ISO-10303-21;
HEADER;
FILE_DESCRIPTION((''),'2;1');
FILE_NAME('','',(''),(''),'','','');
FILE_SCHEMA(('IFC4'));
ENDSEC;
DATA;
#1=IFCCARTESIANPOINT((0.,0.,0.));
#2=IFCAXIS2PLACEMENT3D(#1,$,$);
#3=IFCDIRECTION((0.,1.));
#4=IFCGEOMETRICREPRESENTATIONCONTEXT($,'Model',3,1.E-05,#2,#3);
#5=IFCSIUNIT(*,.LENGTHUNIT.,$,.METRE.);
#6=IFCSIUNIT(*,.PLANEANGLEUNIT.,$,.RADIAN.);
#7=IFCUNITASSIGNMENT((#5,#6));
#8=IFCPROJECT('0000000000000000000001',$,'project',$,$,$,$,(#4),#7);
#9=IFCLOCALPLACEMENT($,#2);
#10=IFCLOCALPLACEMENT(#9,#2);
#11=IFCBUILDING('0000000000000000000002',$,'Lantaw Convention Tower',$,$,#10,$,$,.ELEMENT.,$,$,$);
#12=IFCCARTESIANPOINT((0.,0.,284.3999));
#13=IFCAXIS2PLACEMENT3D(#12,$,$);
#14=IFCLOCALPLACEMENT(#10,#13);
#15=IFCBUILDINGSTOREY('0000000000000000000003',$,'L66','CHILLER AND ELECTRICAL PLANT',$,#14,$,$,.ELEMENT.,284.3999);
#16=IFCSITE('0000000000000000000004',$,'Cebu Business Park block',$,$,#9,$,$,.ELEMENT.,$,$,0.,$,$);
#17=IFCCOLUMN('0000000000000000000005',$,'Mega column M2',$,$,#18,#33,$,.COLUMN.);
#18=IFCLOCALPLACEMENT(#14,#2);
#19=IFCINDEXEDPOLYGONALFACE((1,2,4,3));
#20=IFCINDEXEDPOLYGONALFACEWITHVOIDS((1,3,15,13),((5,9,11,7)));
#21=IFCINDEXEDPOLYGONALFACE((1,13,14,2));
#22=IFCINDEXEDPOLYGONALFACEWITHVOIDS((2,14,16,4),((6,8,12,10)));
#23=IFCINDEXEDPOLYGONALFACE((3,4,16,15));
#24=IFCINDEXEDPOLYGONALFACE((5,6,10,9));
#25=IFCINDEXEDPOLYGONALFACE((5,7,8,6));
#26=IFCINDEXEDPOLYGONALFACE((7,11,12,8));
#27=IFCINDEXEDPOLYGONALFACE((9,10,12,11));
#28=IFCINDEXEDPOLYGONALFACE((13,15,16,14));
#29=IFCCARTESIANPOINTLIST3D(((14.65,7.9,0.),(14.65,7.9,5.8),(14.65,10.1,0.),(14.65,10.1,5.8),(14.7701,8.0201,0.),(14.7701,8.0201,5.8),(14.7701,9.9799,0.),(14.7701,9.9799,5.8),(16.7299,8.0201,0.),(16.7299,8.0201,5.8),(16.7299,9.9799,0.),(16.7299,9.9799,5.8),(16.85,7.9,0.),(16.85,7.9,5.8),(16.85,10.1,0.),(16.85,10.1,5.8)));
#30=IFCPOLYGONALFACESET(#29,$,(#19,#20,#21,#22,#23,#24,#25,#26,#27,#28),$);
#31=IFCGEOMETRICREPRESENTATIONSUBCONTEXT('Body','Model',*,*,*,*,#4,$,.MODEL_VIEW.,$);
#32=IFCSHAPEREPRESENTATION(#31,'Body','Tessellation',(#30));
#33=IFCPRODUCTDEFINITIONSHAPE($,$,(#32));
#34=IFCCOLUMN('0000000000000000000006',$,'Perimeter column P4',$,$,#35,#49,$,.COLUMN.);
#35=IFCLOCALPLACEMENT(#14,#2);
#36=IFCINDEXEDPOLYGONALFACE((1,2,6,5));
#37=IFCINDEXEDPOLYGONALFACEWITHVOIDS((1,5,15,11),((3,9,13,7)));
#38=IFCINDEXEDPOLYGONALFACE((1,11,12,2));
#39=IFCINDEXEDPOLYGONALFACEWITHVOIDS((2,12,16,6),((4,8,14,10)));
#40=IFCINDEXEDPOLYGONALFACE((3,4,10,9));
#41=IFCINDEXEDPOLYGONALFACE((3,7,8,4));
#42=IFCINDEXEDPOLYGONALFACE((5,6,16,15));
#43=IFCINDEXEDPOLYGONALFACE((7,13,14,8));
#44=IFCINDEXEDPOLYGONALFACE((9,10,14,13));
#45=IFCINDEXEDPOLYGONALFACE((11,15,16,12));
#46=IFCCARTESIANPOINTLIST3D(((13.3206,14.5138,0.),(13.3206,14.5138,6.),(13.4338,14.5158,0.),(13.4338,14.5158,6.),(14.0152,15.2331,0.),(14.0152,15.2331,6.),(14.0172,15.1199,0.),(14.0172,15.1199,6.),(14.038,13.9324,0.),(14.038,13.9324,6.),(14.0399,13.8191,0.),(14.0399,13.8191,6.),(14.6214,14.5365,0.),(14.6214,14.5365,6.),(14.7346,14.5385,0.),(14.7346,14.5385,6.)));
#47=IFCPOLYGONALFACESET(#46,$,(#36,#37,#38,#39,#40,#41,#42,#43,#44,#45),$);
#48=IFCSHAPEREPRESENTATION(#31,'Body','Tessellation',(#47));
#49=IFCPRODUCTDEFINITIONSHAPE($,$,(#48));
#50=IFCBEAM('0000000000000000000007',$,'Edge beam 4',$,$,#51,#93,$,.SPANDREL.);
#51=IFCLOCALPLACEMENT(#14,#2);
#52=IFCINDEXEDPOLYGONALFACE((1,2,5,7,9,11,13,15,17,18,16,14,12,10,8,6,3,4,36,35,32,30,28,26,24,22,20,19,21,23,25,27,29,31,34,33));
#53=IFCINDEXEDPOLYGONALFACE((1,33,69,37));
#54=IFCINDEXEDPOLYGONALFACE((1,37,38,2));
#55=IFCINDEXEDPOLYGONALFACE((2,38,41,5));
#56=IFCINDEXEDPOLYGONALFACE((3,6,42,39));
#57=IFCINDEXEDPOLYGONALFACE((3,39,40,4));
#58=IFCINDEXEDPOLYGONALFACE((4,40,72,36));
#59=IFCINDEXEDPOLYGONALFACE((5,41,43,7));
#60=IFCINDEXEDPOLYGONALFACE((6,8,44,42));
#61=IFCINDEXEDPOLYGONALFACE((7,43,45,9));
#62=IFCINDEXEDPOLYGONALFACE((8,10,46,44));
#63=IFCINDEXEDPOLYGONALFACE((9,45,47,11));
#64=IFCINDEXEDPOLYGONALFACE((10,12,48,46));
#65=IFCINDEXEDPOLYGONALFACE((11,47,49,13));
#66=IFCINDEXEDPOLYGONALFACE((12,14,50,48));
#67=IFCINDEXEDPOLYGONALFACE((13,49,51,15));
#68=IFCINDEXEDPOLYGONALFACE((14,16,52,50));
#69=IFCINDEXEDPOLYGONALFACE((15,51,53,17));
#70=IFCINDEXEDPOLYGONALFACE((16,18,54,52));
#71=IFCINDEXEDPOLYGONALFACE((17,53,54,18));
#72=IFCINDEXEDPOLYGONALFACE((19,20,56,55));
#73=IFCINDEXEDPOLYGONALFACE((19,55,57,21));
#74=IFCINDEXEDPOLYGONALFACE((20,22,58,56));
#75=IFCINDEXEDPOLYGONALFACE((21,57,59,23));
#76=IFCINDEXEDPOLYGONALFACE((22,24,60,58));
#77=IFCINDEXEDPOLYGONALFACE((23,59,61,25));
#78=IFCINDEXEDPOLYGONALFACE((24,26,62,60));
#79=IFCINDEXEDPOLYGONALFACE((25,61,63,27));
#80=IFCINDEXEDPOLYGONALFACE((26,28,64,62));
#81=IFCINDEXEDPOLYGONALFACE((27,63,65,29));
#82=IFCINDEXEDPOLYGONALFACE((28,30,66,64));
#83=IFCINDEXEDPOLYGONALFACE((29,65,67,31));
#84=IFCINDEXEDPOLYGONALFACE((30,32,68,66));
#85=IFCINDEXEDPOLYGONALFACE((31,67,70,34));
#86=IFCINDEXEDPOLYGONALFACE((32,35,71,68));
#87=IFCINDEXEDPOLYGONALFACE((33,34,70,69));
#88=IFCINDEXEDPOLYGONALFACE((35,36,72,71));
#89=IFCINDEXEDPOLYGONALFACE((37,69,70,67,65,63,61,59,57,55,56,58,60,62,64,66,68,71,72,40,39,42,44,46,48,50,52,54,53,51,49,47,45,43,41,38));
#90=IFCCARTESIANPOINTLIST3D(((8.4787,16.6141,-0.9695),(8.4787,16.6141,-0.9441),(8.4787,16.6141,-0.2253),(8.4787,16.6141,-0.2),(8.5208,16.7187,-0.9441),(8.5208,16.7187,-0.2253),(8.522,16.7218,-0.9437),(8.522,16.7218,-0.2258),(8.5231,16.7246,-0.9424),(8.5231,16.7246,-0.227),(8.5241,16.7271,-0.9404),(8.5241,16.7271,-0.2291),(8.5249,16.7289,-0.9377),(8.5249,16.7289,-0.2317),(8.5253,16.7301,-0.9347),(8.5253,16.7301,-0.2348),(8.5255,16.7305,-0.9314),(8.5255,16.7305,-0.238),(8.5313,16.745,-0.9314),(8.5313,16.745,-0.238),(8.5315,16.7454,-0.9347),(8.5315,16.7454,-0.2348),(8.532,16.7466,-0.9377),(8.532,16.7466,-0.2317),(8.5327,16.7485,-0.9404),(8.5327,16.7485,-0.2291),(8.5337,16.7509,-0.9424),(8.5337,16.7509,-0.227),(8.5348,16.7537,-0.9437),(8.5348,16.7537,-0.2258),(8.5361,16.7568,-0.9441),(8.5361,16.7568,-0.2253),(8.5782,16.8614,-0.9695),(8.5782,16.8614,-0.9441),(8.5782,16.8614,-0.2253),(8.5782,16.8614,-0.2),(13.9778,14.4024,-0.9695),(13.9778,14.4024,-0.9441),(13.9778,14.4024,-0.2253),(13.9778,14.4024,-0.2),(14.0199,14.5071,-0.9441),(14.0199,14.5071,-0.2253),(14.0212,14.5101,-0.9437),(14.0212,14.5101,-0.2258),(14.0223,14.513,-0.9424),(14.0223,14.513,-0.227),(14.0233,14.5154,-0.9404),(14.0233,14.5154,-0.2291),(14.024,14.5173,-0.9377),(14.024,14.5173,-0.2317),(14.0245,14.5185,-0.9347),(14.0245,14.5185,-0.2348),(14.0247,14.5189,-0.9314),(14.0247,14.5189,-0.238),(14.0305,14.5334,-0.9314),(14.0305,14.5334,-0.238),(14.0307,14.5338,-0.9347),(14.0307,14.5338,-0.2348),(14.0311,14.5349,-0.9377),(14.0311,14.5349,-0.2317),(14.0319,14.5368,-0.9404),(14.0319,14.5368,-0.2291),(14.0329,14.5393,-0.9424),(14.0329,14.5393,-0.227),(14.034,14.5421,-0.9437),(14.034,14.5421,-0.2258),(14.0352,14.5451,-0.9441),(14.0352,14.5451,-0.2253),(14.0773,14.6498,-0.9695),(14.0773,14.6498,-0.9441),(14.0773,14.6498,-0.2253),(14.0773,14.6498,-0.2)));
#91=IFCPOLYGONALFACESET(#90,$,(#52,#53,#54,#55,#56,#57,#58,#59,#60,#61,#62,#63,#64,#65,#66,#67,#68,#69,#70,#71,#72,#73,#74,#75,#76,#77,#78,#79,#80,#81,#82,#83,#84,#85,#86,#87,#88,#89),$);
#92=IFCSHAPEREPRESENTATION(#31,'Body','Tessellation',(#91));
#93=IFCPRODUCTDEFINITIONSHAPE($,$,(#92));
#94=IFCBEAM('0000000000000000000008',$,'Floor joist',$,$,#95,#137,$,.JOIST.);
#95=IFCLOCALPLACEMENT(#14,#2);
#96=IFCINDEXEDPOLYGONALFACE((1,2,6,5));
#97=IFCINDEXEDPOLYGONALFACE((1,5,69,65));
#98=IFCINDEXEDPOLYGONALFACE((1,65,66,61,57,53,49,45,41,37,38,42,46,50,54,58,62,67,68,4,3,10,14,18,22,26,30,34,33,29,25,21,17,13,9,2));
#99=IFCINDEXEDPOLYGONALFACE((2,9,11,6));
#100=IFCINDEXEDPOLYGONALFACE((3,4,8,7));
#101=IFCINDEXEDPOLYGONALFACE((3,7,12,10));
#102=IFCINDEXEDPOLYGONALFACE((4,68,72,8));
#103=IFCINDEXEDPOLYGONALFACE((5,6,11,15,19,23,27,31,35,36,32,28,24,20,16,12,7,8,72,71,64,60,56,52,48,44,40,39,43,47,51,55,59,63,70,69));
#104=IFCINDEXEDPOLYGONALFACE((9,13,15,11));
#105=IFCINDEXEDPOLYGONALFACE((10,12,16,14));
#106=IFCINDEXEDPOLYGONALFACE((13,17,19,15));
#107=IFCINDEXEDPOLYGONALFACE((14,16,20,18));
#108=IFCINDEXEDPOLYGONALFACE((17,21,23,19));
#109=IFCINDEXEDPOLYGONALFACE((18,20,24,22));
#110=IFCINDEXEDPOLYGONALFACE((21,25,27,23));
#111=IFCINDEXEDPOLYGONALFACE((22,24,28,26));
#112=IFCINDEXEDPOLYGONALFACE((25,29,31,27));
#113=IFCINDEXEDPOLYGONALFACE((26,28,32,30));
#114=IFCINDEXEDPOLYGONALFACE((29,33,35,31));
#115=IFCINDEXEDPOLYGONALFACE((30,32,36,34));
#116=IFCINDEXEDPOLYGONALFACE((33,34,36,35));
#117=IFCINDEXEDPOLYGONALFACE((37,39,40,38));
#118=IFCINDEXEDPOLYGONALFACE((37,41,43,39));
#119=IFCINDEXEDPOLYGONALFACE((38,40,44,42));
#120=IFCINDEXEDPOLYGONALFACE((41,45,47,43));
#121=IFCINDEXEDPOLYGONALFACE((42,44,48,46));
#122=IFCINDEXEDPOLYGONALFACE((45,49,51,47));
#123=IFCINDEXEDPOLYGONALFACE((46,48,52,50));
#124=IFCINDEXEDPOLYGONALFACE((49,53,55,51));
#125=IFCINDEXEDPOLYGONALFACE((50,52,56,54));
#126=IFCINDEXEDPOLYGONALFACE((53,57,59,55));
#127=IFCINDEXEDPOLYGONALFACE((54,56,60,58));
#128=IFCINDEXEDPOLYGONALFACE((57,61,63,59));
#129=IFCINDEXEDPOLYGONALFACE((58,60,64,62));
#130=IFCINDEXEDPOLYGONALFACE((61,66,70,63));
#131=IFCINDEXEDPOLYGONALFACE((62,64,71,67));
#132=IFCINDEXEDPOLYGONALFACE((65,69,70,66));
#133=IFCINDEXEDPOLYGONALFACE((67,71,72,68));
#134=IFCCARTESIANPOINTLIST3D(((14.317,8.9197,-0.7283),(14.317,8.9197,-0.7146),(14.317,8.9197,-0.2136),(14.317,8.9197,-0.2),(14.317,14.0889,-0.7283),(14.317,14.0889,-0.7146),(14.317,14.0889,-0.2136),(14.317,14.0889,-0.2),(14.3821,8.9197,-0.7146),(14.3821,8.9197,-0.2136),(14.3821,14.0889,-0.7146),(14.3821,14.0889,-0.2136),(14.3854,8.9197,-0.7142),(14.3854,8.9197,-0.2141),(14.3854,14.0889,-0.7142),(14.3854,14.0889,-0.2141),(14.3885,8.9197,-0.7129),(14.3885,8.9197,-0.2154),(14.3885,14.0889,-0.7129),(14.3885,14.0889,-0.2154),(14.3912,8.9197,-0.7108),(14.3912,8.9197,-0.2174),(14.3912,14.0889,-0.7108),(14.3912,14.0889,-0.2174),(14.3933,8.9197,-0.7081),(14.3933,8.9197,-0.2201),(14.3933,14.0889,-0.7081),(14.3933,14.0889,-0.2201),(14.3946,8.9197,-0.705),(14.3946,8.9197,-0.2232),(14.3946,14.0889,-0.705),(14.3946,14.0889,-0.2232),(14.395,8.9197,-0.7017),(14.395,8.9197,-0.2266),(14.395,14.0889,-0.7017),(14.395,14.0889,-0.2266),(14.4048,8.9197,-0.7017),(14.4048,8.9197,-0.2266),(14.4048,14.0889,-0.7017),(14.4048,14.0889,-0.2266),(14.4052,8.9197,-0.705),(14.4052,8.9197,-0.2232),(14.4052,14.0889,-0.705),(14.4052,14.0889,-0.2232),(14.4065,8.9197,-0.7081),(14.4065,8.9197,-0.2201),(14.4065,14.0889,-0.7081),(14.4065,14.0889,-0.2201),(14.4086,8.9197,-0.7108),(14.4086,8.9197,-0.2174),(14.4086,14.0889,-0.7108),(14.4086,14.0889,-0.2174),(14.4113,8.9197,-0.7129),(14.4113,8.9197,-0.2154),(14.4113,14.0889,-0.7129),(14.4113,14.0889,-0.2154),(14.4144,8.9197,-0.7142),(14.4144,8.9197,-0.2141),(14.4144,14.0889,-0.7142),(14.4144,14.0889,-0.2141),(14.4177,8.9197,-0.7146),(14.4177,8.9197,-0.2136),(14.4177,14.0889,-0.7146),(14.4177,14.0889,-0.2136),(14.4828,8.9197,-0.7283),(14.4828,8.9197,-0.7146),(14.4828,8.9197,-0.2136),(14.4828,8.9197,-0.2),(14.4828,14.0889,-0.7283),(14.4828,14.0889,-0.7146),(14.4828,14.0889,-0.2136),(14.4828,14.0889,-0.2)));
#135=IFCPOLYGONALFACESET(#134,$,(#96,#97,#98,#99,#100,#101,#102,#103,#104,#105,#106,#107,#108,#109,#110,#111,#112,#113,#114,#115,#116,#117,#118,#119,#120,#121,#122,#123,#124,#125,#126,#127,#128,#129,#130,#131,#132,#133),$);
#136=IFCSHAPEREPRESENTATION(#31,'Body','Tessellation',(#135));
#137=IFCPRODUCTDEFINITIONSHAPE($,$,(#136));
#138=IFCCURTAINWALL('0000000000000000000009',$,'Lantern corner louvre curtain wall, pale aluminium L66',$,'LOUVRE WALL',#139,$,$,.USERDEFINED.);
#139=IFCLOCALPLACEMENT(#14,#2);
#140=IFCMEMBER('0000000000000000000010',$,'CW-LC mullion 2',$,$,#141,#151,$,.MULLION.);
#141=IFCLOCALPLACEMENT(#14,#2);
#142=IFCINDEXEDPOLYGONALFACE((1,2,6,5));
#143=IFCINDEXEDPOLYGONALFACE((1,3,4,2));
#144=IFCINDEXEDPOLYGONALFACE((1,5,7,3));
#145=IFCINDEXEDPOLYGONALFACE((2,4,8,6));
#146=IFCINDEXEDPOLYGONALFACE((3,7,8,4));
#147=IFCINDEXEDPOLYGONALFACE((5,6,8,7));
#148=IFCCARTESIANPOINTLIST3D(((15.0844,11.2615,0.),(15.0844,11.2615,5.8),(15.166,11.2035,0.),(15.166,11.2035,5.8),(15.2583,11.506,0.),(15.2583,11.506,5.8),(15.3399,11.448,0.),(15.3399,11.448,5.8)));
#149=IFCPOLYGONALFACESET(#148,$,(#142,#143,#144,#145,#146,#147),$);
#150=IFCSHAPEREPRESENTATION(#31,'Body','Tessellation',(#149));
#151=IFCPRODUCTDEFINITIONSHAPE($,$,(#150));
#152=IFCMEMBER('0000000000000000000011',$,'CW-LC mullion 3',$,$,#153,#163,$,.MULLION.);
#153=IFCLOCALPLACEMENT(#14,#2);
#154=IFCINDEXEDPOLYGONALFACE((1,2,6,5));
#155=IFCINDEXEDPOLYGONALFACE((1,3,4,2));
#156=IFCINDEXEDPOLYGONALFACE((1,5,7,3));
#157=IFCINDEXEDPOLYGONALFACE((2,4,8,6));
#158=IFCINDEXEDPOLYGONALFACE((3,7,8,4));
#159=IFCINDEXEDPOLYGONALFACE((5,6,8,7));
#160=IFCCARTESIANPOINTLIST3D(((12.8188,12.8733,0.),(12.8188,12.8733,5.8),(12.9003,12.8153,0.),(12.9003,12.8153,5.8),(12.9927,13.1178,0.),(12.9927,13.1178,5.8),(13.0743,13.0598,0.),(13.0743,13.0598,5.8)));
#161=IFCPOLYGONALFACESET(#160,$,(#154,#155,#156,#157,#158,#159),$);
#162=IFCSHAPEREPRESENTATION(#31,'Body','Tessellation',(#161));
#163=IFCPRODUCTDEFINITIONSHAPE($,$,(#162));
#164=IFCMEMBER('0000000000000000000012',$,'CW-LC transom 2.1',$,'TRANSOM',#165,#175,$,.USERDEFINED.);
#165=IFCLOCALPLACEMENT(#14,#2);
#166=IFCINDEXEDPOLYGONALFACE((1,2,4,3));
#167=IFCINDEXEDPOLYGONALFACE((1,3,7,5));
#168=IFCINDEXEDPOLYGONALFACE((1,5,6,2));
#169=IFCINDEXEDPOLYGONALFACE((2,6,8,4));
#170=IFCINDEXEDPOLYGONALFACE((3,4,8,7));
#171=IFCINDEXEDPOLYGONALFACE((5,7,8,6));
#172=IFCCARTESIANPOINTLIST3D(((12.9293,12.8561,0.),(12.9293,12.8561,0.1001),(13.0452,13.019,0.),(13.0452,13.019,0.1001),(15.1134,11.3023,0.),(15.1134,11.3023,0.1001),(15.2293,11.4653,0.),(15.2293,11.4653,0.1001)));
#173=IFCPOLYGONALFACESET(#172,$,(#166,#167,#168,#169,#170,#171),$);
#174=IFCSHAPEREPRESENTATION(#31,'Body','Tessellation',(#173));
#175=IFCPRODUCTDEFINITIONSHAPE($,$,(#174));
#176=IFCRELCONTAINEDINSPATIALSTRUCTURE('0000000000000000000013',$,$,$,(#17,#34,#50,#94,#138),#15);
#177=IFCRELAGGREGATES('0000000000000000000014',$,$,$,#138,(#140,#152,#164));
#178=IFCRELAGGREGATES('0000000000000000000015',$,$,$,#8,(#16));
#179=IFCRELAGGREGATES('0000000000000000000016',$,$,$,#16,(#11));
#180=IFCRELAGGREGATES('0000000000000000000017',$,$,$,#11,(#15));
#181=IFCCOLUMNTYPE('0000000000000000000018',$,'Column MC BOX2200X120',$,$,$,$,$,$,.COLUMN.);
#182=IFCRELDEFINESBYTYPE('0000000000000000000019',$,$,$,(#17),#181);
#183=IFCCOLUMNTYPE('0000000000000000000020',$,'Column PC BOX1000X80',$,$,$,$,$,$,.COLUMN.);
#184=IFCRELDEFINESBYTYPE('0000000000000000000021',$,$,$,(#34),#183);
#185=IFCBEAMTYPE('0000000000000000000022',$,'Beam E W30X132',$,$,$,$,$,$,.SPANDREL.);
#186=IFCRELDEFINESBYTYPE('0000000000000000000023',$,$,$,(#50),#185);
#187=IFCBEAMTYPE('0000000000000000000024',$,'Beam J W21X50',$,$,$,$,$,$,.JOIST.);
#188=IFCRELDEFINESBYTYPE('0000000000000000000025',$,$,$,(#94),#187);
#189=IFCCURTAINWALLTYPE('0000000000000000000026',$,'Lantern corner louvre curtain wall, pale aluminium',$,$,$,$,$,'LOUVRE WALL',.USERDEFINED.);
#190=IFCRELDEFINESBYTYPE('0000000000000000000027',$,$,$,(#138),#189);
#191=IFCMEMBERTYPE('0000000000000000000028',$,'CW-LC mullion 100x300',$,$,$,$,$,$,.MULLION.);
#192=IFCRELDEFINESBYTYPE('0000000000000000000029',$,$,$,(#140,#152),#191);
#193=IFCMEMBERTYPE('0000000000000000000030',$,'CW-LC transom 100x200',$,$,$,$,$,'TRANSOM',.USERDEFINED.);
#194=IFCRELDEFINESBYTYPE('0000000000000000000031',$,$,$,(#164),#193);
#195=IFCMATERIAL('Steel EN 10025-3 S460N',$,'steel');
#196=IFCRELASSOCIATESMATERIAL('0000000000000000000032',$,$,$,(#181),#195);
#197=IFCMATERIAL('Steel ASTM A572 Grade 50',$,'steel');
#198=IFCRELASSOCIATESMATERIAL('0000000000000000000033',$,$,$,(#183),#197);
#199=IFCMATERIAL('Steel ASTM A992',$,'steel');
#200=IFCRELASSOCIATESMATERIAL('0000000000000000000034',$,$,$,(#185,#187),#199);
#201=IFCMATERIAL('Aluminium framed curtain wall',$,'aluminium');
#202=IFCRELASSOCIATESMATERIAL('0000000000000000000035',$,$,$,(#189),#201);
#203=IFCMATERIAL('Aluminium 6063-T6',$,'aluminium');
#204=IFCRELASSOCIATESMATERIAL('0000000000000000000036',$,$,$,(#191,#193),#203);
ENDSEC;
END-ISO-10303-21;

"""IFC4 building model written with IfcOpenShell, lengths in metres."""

from ifc_helpers import new_model, si_unit, direction, frame, origin, origin_2d, place, context, subcontext, project, spatial, rectangle, hollow_rectangle, i_section, extrude, material, material_profile, profile_set, type_object, element, aggregate, save


model = new_model("IFC4")

# Units and contexts
model_context = context("Model", 3, precision=1e-05, world=origin(), true_north=direction((0.0, 1.0)))
body_context = subcontext(model_context, "Body", "Model", "MODEL_VIEW")
ifc_project = project(units=[si_unit("LENGTHUNIT", "METRE"), si_unit("PLANEANGLEUNIT", "RADIAN")], contexts=[model_context])

# Site, building, storey
site_placement = place(None, origin())
site = spatial("IfcSite", under=ifc_project, at=site_placement, Name="Cebu Business Park block", CompositionType="ELEMENT", RefElevation=0.0)
building_placement = place(site_placement, origin())
building = spatial("IfcBuilding", under=site, at=building_placement, Name="Lantaw Convention Tower", CompositionType="ELEMENT")
storey_placement = place(building_placement, frame((0.0, 0.0, 284.3999)))
storey = spatial("IfcBuildingStorey", under=building, at=storey_placement, Name="L66", Description="CHILLER AND ELECTRICAL PLANT", CompositionType="ELEMENT", Elevation=284.3999)

# Columns
ifc_material_1 = material(Name="Steel EN 10025-3 S460N", Category="steel")
ifc_material_profile_1 = material_profile(ifc_material_1, hollow_rectangle(XDim=2.2, YDim=2.2, WallThickness=0.1201, at=origin_2d()), Name="BOX2200X120")
ifc_material_2 = material(Name="Concrete C60/75", Category="concrete")
ifc_material_profile_2 = material_profile(ifc_material_2, rectangle(XDim=1.96, YDim=1.96, at=origin_2d()), Name="Concrete fill of BOX2200X120")
ifc_profile_set_1 = profile_set([ifc_material_profile_1, ifc_material_profile_2], Name="Steel EN 10025-3 S460N")
column_type_1 = type_object("IfcColumnType", Name="Column MC BOX2200X120", PredefinedType="COLUMN", material=ifc_profile_set_1)
column_1_placement = place(storey_placement, frame((15.75, 9.0, 0.0), z_axis=(0.0, 0.0, 1.0), x_axis=(1.0, 0.0, 0.0)))
element("IfcColumn", 1, at=column_1_placement, inside=storey, type_object=column_type_1, Name="Mega column M2", PredefinedType="COLUMN", context=body_context, shape_type="SweptSolid", body=[
    extrude(hollow_rectangle(XDim=2.2, YDim=2.2, WallThickness=0.1201, at=origin_2d()), origin(), (0.0, 0.0, 1.0), 5.8),
])
ifc_material_3 = material(Name="Steel ASTM A572 Grade 50", Category="steel")
ifc_material_profile_3 = material_profile(ifc_material_3, hollow_rectangle(XDim=1.0, YDim=1.0, WallThickness=0.0801, at=origin_2d()), Name="BOX1000X80")
ifc_material_profile_4 = material_profile(ifc_material_2, rectangle(XDim=0.8401, YDim=0.8401, at=origin_2d()), Name="Concrete fill of BOX1000X80")
ifc_profile_set_2 = profile_set([ifc_material_profile_3, ifc_material_profile_4], Name="Steel ASTM A572 Grade 50")
column_type_2 = type_object("IfcColumnType", Name="Column PC BOX1000X80", PredefinedType="COLUMN", material=ifc_profile_set_2)
column_2_placement = place(storey_placement, frame((14.0276, 14.5261, 0.0), z_axis=(0.0, 0.0, 1.0), x_axis=(0.694658, 0.71934, 0.0)))
element("IfcColumn", 2, at=column_2_placement, inside=storey, type_object=column_type_2, Name="Perimeter column P4", PredefinedType="COLUMN", context=body_context, shape_type="SweptSolid", body=[
    extrude(hollow_rectangle(XDim=1.0, YDim=1.0, WallThickness=0.0801, at=origin_2d()), origin(), (0.0, 0.0, 1.0), 6.0),
])

# Beams
ifc_material_4 = material(Name="Steel ASTM A992", Category="steel")
ifc_material_profile_5 = material_profile(ifc_material_4, i_section(OverallWidth=0.2666, OverallDepth=0.7695, WebThickness=0.0156, FlangeThickness=0.0254, FilletRadius=0.0127, at=origin_2d()), Name="W30X132")
ifc_profile_set_3 = profile_set([ifc_material_profile_5], Name="Steel ASTM A992")
beam_type_1 = type_object("IfcBeamType", Name="Beam E W30X132", PredefinedType="SPANDREL", material=ifc_profile_set_3)
beam_1_placement = place(storey_placement, frame((14.0276, 14.5261, -0.5847), z_axis=(-0.927779, 0.37313, 0.0), x_axis=(-0.37313, -0.927779, 0.0)))
element("IfcBeam", 3, at=beam_1_placement, inside=storey, type_object=beam_type_1, Name="Edge beam 4", PredefinedType="SPANDREL", context=body_context, shape_type="SweptSolid", body=[
    extrude(i_section(OverallWidth=0.2666, OverallDepth=0.7695, WebThickness=0.0156, FlangeThickness=0.0254, FilletRadius=0.0127, at=origin_2d()), origin(), (0.0, 0.0, 1.0), 5.9272),
])
ifc_material_profile_6 = material_profile(ifc_material_4, i_section(OverallWidth=0.1658, OverallDepth=0.5283, WebThickness=0.0098, FlangeThickness=0.0137, FilletRadius=0.0129, at=origin_2d()), Name="W21X50")
ifc_profile_set_4 = profile_set([ifc_material_profile_6], Name="Steel ASTM A992")
beam_type_2 = type_object("IfcBeamType", Name="Beam J W21X50", PredefinedType="JOIST", material=ifc_profile_set_4)
beam_2_placement = place(storey_placement, frame((14.3999, 8.9197, -0.4641), z_axis=(0.0, 1.0, 0.0), x_axis=(-1.0, 0.0, 0.0)))
element("IfcBeam", 4, at=beam_2_placement, inside=storey, type_object=beam_type_2, Name="Floor joist", PredefinedType="JOIST", context=body_context, shape_type="SweptSolid", body=[
    extrude(i_section(OverallWidth=0.1658, OverallDepth=0.5283, WebThickness=0.0098, FlangeThickness=0.0137, FilletRadius=0.0129, at=origin_2d()), origin(), (0.0, 0.0, 1.0), 5.1692),
])

# Curtain wall, members
ifc_material_5 = material(Name="Aluminium framed curtain wall", Category="aluminium")
curtain_wall_type_1 = type_object("IfcCurtainWallType", Name="Lantern corner louvre curtain wall, pale aluminium", ElementType="LOUVRE WALL", PredefinedType="USERDEFINED", material=ifc_material_5)
curtain_wall_1_placement = place(storey_placement, origin())
curtain_wall_1 = element("IfcCurtainWall", 5, at=curtain_wall_1_placement, inside=storey, type_object=curtain_wall_type_1, Name="Lantern corner louvre curtain wall, pale aluminium L66", ObjectType="LOUVRE WALL", PredefinedType="USERDEFINED")
ifc_material_6 = material(Name="Aluminium 6063-T6", Category="aluminium")
ifc_material_profile_7 = material_profile(ifc_material_6, rectangle(XDim=0.3, YDim=0.1001, at=origin_2d()), Name="CW-LC mullion 100x300")
ifc_profile_set_5 = profile_set([ifc_material_profile_7], Name="Aluminium 6063-T6")
member_type_1 = type_object("IfcMemberType", Name="CW-LC mullion 100x300", PredefinedType="MULLION", material=ifc_profile_set_5)
member_1_placement = place(storey_placement, frame((15.2122, 11.3547, 0.0), z_axis=(0.0, 0.0, 1.0), x_axis=(-0.579684, -0.814841, 0.0)))
member_1 = element("IfcMember", 6, at=member_1_placement, type_object=member_type_1, Name="CW-LC mullion 2", PredefinedType="MULLION", context=body_context, shape_type="SweptSolid", body=[
    extrude(rectangle(XDim=0.3, YDim=0.1001, at=origin_2d()), origin(), (0.0, 0.0, 1.0), 5.8),
])
member_2_placement = place(storey_placement, frame((12.9465, 12.9666, 0.0), z_axis=(0.0, 0.0, 1.0), x_axis=(-0.579684, -0.814841, 0.0)))
member_2 = element("IfcMember", 7, at=member_2_placement, type_object=member_type_1, Name="CW-LC mullion 3", PredefinedType="MULLION", context=body_context, shape_type="SweptSolid", body=[
    extrude(rectangle(XDim=0.3, YDim=0.1001, at=origin_2d()), origin(), (0.0, 0.0, 1.0), 5.8),
])
ifc_material_profile_8 = material_profile(ifc_material_6, rectangle(XDim=0.2, YDim=0.1001, at=origin_2d()), Name="CW-LC transom 100x200")
ifc_profile_set_6 = profile_set([ifc_material_profile_8], Name="Aluminium 6063-T6")
member_type_2 = type_object("IfcMemberType", Name="CW-LC transom 100x200", ElementType="TRANSOM", PredefinedType="USERDEFINED", material=ifc_profile_set_6)
member_3_placement = place(storey_placement, frame((15.1714, 11.3838, 0.05), z_axis=(-0.814852, 0.579669, 0.0), x_axis=(-0.579669, -0.814852, 0.0)))
member_3 = element("IfcMember", 8, at=member_3_placement, type_object=member_type_2, Name="CW-LC transom 2.1", ObjectType="TRANSOM", PredefinedType="USERDEFINED", context=body_context, shape_type="SweptSolid", body=[
    extrude(rectangle(XDim=0.2, YDim=0.1001, at=origin_2d()), origin(), (0.0, 0.0, 1.0), 2.6804),
])

aggregate(curtain_wall_1, [member_1, member_2, member_3])

save(model, "model.ifc")
